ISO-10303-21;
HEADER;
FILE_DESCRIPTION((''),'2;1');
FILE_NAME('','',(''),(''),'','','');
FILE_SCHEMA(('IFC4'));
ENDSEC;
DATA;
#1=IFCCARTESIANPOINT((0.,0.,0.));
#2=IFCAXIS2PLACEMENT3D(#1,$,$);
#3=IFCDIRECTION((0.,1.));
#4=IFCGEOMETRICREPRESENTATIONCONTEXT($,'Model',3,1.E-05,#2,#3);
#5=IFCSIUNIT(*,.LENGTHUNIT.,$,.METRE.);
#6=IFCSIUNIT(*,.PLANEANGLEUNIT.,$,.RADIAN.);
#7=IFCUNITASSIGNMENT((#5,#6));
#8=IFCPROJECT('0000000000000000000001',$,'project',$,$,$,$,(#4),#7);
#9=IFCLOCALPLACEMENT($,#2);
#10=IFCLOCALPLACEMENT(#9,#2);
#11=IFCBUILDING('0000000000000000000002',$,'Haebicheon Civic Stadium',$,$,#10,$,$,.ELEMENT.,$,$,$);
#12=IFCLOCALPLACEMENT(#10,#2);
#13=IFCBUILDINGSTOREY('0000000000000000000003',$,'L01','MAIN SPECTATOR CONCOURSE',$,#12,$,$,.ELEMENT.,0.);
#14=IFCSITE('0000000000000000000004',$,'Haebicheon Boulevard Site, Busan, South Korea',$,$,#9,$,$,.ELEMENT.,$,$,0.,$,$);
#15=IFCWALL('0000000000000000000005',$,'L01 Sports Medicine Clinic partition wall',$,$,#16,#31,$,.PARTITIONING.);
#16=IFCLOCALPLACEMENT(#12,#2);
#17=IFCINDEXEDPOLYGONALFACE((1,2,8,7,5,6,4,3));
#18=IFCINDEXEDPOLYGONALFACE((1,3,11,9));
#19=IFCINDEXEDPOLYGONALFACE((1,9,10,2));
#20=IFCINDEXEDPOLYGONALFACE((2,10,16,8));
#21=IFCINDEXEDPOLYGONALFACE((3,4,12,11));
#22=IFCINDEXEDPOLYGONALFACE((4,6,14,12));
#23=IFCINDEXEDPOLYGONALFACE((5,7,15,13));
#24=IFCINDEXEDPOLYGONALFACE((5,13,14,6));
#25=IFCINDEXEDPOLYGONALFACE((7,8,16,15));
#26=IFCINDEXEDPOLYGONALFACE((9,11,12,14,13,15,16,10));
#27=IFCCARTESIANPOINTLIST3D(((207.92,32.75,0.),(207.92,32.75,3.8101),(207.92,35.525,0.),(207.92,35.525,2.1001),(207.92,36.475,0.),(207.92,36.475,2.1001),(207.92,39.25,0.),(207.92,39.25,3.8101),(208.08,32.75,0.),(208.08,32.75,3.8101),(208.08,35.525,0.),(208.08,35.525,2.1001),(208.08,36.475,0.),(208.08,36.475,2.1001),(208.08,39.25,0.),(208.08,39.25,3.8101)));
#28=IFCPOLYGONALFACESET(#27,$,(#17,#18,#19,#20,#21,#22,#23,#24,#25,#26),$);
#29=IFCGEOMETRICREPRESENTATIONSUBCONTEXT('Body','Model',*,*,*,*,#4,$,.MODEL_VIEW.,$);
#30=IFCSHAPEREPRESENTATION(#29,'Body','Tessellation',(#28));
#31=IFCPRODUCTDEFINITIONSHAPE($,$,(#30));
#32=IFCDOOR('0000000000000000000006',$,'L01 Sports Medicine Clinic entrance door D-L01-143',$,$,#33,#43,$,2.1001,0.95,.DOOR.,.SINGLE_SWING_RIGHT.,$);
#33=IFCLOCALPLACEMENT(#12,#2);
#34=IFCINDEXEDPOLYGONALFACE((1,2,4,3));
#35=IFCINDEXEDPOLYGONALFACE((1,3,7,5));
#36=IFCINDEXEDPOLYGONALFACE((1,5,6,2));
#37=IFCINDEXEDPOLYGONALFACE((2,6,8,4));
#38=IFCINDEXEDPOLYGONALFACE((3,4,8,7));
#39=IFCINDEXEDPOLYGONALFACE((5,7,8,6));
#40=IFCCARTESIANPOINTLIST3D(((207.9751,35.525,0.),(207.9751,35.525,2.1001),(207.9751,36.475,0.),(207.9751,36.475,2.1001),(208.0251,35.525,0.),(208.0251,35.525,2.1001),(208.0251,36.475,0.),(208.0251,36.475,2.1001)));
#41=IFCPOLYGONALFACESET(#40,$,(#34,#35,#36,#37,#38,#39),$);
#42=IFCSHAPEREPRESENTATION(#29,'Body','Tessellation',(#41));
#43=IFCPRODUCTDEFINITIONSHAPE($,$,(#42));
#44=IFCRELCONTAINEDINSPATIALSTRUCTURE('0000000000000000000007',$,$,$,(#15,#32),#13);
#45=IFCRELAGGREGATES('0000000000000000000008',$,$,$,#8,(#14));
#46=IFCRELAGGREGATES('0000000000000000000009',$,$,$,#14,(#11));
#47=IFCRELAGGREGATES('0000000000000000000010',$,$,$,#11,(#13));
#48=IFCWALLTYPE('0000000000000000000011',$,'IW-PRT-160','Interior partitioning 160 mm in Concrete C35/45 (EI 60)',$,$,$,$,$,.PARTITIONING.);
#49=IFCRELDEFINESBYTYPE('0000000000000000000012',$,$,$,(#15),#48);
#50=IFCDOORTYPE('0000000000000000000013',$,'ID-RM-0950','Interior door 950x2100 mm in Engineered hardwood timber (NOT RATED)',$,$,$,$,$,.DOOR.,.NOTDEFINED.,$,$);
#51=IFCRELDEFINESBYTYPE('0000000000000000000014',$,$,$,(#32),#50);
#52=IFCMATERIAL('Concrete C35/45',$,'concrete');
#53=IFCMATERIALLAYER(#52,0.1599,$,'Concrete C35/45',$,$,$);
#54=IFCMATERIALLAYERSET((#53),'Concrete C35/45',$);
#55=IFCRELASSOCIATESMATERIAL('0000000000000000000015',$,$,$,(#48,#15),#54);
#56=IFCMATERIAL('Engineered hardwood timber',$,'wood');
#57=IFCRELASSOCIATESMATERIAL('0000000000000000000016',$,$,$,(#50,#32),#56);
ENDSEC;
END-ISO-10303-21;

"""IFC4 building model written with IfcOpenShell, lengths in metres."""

from ifc_helpers import new_model, si_unit, direction, frame, frame_2d, origin, place, context, subcontext, project, spatial, rectangle, extrude, material, layer, layer_set, type_object, element, fill, save


model = new_model("IFC4")

# Units and contexts
model_context = context("Model", 3, precision=1e-05, world=origin(), true_north=direction((0.0, 1.0)))
body_context = subcontext(model_context, "Body", "Model", "MODEL_VIEW")
ifc_project = project(units=[si_unit("LENGTHUNIT", "METRE"), si_unit("PLANEANGLEUNIT", "RADIAN")], contexts=[model_context])

# Site, building, storey
site_placement = place(None, origin())
site = spatial("IfcSite", under=ifc_project, at=site_placement, Name="Haebicheon Boulevard Site, Busan, South Korea", CompositionType="ELEMENT", RefElevation=0.0)
building_placement = place(site_placement, origin())
building = spatial("IfcBuilding", under=site, at=building_placement, Name="Haebicheon Civic Stadium", CompositionType="ELEMENT")
storey_placement = place(building_placement, origin())
storey = spatial("IfcBuildingStorey", under=building, at=storey_placement, Name="L01", Description="MAIN SPECTATOR CONCOURSE", CompositionType="ELEMENT", Elevation=0.0)

# Wall, opening, door
ifc_material_1 = material(Name="Concrete C35/45", Category="concrete")
ifc_layer_1 = layer(ifc_material_1, 0.1599, Name="Concrete C35/45")
ifc_layer_set_1 = layer_set([ifc_layer_1], Name="Concrete C35/45")
wall_type_1 = type_object("IfcWallType", Name="IW-PRT-160", Description="Interior partitioning 160 mm in Concrete C35/45 (EI 60)", PredefinedType="PARTITIONING", material=ifc_layer_set_1)
wall_1_placement = place(storey_placement, frame((208.0, 32.75, 0.0), z_axis=(0.0, 0.0, 1.0), x_axis=(0.0, 1.0, 0.0)))
wall_1 = element("IfcWall", 1, at=wall_1_placement, inside=storey, type_object=wall_type_1, material=ifc_layer_set_1, Name="L01 Sports Medicine Clinic partition wall", PredefinedType="PARTITIONING", context=body_context, shape_type="SweptSolid", body=[
    extrude(rectangle(XDim=6.5, YDim=0.1599, at=frame_2d((3.25, 0.0))), origin(), (0.0, 0.0, 1.0), 3.8101),
])
opening_1_placement = place(wall_1_placement, frame((2.7749, 0.0, 0.0)))
opening_1 = element("IfcOpeningElement", 2, at=opening_1_placement, cuts=wall_1, PredefinedType="OPENING", context=body_context, shape_type="SweptSolid", body=[
    extrude(rectangle(XDim=0.95, YDim=2.1001, at=frame_2d((0.4751, 1.05))), frame((0.0, 0.0898, 0.0), z_axis=(0.0, -1.0, 0.0), x_axis=(1.0, 0.0, 0.0)), (0.0, 0.0, 1.0), 0.1799),
])
ifc_material_2 = material(Name="Engineered hardwood timber", Category="wood")
door_type_1 = type_object("IfcDoorType", Name="ID-RM-0950", Description="Interior door 950x2100 mm in Engineered hardwood timber (NOT RATED)", OperationType="NOTDEFINED", PredefinedType="DOOR", material=ifc_material_2)
door_1_placement = place(opening_1_placement, origin())
door_1 = element("IfcDoor", 3, at=door_1_placement, inside=storey, type_object=door_type_1, material=ifc_material_2, Name="L01 Sports Medicine Clinic entrance door D-L01-143", OperationType="SINGLE_SWING_RIGHT", OverallHeight=2.1001, OverallWidth=0.95, PredefinedType="DOOR", context=body_context, shape_type="SweptSolid", body=[
    extrude(rectangle(XDim=0.95, YDim=2.1001, at=frame_2d((0.4751, 1.05))), frame((0.0, 0.0249, 0.0), z_axis=(0.0, -1.0, 0.0), x_axis=(1.0, 0.0, 0.0)), (0.0, 0.0, 1.0), 0.05),
])
fill(opening_1, door_1)

save(model, "model.ifc")
